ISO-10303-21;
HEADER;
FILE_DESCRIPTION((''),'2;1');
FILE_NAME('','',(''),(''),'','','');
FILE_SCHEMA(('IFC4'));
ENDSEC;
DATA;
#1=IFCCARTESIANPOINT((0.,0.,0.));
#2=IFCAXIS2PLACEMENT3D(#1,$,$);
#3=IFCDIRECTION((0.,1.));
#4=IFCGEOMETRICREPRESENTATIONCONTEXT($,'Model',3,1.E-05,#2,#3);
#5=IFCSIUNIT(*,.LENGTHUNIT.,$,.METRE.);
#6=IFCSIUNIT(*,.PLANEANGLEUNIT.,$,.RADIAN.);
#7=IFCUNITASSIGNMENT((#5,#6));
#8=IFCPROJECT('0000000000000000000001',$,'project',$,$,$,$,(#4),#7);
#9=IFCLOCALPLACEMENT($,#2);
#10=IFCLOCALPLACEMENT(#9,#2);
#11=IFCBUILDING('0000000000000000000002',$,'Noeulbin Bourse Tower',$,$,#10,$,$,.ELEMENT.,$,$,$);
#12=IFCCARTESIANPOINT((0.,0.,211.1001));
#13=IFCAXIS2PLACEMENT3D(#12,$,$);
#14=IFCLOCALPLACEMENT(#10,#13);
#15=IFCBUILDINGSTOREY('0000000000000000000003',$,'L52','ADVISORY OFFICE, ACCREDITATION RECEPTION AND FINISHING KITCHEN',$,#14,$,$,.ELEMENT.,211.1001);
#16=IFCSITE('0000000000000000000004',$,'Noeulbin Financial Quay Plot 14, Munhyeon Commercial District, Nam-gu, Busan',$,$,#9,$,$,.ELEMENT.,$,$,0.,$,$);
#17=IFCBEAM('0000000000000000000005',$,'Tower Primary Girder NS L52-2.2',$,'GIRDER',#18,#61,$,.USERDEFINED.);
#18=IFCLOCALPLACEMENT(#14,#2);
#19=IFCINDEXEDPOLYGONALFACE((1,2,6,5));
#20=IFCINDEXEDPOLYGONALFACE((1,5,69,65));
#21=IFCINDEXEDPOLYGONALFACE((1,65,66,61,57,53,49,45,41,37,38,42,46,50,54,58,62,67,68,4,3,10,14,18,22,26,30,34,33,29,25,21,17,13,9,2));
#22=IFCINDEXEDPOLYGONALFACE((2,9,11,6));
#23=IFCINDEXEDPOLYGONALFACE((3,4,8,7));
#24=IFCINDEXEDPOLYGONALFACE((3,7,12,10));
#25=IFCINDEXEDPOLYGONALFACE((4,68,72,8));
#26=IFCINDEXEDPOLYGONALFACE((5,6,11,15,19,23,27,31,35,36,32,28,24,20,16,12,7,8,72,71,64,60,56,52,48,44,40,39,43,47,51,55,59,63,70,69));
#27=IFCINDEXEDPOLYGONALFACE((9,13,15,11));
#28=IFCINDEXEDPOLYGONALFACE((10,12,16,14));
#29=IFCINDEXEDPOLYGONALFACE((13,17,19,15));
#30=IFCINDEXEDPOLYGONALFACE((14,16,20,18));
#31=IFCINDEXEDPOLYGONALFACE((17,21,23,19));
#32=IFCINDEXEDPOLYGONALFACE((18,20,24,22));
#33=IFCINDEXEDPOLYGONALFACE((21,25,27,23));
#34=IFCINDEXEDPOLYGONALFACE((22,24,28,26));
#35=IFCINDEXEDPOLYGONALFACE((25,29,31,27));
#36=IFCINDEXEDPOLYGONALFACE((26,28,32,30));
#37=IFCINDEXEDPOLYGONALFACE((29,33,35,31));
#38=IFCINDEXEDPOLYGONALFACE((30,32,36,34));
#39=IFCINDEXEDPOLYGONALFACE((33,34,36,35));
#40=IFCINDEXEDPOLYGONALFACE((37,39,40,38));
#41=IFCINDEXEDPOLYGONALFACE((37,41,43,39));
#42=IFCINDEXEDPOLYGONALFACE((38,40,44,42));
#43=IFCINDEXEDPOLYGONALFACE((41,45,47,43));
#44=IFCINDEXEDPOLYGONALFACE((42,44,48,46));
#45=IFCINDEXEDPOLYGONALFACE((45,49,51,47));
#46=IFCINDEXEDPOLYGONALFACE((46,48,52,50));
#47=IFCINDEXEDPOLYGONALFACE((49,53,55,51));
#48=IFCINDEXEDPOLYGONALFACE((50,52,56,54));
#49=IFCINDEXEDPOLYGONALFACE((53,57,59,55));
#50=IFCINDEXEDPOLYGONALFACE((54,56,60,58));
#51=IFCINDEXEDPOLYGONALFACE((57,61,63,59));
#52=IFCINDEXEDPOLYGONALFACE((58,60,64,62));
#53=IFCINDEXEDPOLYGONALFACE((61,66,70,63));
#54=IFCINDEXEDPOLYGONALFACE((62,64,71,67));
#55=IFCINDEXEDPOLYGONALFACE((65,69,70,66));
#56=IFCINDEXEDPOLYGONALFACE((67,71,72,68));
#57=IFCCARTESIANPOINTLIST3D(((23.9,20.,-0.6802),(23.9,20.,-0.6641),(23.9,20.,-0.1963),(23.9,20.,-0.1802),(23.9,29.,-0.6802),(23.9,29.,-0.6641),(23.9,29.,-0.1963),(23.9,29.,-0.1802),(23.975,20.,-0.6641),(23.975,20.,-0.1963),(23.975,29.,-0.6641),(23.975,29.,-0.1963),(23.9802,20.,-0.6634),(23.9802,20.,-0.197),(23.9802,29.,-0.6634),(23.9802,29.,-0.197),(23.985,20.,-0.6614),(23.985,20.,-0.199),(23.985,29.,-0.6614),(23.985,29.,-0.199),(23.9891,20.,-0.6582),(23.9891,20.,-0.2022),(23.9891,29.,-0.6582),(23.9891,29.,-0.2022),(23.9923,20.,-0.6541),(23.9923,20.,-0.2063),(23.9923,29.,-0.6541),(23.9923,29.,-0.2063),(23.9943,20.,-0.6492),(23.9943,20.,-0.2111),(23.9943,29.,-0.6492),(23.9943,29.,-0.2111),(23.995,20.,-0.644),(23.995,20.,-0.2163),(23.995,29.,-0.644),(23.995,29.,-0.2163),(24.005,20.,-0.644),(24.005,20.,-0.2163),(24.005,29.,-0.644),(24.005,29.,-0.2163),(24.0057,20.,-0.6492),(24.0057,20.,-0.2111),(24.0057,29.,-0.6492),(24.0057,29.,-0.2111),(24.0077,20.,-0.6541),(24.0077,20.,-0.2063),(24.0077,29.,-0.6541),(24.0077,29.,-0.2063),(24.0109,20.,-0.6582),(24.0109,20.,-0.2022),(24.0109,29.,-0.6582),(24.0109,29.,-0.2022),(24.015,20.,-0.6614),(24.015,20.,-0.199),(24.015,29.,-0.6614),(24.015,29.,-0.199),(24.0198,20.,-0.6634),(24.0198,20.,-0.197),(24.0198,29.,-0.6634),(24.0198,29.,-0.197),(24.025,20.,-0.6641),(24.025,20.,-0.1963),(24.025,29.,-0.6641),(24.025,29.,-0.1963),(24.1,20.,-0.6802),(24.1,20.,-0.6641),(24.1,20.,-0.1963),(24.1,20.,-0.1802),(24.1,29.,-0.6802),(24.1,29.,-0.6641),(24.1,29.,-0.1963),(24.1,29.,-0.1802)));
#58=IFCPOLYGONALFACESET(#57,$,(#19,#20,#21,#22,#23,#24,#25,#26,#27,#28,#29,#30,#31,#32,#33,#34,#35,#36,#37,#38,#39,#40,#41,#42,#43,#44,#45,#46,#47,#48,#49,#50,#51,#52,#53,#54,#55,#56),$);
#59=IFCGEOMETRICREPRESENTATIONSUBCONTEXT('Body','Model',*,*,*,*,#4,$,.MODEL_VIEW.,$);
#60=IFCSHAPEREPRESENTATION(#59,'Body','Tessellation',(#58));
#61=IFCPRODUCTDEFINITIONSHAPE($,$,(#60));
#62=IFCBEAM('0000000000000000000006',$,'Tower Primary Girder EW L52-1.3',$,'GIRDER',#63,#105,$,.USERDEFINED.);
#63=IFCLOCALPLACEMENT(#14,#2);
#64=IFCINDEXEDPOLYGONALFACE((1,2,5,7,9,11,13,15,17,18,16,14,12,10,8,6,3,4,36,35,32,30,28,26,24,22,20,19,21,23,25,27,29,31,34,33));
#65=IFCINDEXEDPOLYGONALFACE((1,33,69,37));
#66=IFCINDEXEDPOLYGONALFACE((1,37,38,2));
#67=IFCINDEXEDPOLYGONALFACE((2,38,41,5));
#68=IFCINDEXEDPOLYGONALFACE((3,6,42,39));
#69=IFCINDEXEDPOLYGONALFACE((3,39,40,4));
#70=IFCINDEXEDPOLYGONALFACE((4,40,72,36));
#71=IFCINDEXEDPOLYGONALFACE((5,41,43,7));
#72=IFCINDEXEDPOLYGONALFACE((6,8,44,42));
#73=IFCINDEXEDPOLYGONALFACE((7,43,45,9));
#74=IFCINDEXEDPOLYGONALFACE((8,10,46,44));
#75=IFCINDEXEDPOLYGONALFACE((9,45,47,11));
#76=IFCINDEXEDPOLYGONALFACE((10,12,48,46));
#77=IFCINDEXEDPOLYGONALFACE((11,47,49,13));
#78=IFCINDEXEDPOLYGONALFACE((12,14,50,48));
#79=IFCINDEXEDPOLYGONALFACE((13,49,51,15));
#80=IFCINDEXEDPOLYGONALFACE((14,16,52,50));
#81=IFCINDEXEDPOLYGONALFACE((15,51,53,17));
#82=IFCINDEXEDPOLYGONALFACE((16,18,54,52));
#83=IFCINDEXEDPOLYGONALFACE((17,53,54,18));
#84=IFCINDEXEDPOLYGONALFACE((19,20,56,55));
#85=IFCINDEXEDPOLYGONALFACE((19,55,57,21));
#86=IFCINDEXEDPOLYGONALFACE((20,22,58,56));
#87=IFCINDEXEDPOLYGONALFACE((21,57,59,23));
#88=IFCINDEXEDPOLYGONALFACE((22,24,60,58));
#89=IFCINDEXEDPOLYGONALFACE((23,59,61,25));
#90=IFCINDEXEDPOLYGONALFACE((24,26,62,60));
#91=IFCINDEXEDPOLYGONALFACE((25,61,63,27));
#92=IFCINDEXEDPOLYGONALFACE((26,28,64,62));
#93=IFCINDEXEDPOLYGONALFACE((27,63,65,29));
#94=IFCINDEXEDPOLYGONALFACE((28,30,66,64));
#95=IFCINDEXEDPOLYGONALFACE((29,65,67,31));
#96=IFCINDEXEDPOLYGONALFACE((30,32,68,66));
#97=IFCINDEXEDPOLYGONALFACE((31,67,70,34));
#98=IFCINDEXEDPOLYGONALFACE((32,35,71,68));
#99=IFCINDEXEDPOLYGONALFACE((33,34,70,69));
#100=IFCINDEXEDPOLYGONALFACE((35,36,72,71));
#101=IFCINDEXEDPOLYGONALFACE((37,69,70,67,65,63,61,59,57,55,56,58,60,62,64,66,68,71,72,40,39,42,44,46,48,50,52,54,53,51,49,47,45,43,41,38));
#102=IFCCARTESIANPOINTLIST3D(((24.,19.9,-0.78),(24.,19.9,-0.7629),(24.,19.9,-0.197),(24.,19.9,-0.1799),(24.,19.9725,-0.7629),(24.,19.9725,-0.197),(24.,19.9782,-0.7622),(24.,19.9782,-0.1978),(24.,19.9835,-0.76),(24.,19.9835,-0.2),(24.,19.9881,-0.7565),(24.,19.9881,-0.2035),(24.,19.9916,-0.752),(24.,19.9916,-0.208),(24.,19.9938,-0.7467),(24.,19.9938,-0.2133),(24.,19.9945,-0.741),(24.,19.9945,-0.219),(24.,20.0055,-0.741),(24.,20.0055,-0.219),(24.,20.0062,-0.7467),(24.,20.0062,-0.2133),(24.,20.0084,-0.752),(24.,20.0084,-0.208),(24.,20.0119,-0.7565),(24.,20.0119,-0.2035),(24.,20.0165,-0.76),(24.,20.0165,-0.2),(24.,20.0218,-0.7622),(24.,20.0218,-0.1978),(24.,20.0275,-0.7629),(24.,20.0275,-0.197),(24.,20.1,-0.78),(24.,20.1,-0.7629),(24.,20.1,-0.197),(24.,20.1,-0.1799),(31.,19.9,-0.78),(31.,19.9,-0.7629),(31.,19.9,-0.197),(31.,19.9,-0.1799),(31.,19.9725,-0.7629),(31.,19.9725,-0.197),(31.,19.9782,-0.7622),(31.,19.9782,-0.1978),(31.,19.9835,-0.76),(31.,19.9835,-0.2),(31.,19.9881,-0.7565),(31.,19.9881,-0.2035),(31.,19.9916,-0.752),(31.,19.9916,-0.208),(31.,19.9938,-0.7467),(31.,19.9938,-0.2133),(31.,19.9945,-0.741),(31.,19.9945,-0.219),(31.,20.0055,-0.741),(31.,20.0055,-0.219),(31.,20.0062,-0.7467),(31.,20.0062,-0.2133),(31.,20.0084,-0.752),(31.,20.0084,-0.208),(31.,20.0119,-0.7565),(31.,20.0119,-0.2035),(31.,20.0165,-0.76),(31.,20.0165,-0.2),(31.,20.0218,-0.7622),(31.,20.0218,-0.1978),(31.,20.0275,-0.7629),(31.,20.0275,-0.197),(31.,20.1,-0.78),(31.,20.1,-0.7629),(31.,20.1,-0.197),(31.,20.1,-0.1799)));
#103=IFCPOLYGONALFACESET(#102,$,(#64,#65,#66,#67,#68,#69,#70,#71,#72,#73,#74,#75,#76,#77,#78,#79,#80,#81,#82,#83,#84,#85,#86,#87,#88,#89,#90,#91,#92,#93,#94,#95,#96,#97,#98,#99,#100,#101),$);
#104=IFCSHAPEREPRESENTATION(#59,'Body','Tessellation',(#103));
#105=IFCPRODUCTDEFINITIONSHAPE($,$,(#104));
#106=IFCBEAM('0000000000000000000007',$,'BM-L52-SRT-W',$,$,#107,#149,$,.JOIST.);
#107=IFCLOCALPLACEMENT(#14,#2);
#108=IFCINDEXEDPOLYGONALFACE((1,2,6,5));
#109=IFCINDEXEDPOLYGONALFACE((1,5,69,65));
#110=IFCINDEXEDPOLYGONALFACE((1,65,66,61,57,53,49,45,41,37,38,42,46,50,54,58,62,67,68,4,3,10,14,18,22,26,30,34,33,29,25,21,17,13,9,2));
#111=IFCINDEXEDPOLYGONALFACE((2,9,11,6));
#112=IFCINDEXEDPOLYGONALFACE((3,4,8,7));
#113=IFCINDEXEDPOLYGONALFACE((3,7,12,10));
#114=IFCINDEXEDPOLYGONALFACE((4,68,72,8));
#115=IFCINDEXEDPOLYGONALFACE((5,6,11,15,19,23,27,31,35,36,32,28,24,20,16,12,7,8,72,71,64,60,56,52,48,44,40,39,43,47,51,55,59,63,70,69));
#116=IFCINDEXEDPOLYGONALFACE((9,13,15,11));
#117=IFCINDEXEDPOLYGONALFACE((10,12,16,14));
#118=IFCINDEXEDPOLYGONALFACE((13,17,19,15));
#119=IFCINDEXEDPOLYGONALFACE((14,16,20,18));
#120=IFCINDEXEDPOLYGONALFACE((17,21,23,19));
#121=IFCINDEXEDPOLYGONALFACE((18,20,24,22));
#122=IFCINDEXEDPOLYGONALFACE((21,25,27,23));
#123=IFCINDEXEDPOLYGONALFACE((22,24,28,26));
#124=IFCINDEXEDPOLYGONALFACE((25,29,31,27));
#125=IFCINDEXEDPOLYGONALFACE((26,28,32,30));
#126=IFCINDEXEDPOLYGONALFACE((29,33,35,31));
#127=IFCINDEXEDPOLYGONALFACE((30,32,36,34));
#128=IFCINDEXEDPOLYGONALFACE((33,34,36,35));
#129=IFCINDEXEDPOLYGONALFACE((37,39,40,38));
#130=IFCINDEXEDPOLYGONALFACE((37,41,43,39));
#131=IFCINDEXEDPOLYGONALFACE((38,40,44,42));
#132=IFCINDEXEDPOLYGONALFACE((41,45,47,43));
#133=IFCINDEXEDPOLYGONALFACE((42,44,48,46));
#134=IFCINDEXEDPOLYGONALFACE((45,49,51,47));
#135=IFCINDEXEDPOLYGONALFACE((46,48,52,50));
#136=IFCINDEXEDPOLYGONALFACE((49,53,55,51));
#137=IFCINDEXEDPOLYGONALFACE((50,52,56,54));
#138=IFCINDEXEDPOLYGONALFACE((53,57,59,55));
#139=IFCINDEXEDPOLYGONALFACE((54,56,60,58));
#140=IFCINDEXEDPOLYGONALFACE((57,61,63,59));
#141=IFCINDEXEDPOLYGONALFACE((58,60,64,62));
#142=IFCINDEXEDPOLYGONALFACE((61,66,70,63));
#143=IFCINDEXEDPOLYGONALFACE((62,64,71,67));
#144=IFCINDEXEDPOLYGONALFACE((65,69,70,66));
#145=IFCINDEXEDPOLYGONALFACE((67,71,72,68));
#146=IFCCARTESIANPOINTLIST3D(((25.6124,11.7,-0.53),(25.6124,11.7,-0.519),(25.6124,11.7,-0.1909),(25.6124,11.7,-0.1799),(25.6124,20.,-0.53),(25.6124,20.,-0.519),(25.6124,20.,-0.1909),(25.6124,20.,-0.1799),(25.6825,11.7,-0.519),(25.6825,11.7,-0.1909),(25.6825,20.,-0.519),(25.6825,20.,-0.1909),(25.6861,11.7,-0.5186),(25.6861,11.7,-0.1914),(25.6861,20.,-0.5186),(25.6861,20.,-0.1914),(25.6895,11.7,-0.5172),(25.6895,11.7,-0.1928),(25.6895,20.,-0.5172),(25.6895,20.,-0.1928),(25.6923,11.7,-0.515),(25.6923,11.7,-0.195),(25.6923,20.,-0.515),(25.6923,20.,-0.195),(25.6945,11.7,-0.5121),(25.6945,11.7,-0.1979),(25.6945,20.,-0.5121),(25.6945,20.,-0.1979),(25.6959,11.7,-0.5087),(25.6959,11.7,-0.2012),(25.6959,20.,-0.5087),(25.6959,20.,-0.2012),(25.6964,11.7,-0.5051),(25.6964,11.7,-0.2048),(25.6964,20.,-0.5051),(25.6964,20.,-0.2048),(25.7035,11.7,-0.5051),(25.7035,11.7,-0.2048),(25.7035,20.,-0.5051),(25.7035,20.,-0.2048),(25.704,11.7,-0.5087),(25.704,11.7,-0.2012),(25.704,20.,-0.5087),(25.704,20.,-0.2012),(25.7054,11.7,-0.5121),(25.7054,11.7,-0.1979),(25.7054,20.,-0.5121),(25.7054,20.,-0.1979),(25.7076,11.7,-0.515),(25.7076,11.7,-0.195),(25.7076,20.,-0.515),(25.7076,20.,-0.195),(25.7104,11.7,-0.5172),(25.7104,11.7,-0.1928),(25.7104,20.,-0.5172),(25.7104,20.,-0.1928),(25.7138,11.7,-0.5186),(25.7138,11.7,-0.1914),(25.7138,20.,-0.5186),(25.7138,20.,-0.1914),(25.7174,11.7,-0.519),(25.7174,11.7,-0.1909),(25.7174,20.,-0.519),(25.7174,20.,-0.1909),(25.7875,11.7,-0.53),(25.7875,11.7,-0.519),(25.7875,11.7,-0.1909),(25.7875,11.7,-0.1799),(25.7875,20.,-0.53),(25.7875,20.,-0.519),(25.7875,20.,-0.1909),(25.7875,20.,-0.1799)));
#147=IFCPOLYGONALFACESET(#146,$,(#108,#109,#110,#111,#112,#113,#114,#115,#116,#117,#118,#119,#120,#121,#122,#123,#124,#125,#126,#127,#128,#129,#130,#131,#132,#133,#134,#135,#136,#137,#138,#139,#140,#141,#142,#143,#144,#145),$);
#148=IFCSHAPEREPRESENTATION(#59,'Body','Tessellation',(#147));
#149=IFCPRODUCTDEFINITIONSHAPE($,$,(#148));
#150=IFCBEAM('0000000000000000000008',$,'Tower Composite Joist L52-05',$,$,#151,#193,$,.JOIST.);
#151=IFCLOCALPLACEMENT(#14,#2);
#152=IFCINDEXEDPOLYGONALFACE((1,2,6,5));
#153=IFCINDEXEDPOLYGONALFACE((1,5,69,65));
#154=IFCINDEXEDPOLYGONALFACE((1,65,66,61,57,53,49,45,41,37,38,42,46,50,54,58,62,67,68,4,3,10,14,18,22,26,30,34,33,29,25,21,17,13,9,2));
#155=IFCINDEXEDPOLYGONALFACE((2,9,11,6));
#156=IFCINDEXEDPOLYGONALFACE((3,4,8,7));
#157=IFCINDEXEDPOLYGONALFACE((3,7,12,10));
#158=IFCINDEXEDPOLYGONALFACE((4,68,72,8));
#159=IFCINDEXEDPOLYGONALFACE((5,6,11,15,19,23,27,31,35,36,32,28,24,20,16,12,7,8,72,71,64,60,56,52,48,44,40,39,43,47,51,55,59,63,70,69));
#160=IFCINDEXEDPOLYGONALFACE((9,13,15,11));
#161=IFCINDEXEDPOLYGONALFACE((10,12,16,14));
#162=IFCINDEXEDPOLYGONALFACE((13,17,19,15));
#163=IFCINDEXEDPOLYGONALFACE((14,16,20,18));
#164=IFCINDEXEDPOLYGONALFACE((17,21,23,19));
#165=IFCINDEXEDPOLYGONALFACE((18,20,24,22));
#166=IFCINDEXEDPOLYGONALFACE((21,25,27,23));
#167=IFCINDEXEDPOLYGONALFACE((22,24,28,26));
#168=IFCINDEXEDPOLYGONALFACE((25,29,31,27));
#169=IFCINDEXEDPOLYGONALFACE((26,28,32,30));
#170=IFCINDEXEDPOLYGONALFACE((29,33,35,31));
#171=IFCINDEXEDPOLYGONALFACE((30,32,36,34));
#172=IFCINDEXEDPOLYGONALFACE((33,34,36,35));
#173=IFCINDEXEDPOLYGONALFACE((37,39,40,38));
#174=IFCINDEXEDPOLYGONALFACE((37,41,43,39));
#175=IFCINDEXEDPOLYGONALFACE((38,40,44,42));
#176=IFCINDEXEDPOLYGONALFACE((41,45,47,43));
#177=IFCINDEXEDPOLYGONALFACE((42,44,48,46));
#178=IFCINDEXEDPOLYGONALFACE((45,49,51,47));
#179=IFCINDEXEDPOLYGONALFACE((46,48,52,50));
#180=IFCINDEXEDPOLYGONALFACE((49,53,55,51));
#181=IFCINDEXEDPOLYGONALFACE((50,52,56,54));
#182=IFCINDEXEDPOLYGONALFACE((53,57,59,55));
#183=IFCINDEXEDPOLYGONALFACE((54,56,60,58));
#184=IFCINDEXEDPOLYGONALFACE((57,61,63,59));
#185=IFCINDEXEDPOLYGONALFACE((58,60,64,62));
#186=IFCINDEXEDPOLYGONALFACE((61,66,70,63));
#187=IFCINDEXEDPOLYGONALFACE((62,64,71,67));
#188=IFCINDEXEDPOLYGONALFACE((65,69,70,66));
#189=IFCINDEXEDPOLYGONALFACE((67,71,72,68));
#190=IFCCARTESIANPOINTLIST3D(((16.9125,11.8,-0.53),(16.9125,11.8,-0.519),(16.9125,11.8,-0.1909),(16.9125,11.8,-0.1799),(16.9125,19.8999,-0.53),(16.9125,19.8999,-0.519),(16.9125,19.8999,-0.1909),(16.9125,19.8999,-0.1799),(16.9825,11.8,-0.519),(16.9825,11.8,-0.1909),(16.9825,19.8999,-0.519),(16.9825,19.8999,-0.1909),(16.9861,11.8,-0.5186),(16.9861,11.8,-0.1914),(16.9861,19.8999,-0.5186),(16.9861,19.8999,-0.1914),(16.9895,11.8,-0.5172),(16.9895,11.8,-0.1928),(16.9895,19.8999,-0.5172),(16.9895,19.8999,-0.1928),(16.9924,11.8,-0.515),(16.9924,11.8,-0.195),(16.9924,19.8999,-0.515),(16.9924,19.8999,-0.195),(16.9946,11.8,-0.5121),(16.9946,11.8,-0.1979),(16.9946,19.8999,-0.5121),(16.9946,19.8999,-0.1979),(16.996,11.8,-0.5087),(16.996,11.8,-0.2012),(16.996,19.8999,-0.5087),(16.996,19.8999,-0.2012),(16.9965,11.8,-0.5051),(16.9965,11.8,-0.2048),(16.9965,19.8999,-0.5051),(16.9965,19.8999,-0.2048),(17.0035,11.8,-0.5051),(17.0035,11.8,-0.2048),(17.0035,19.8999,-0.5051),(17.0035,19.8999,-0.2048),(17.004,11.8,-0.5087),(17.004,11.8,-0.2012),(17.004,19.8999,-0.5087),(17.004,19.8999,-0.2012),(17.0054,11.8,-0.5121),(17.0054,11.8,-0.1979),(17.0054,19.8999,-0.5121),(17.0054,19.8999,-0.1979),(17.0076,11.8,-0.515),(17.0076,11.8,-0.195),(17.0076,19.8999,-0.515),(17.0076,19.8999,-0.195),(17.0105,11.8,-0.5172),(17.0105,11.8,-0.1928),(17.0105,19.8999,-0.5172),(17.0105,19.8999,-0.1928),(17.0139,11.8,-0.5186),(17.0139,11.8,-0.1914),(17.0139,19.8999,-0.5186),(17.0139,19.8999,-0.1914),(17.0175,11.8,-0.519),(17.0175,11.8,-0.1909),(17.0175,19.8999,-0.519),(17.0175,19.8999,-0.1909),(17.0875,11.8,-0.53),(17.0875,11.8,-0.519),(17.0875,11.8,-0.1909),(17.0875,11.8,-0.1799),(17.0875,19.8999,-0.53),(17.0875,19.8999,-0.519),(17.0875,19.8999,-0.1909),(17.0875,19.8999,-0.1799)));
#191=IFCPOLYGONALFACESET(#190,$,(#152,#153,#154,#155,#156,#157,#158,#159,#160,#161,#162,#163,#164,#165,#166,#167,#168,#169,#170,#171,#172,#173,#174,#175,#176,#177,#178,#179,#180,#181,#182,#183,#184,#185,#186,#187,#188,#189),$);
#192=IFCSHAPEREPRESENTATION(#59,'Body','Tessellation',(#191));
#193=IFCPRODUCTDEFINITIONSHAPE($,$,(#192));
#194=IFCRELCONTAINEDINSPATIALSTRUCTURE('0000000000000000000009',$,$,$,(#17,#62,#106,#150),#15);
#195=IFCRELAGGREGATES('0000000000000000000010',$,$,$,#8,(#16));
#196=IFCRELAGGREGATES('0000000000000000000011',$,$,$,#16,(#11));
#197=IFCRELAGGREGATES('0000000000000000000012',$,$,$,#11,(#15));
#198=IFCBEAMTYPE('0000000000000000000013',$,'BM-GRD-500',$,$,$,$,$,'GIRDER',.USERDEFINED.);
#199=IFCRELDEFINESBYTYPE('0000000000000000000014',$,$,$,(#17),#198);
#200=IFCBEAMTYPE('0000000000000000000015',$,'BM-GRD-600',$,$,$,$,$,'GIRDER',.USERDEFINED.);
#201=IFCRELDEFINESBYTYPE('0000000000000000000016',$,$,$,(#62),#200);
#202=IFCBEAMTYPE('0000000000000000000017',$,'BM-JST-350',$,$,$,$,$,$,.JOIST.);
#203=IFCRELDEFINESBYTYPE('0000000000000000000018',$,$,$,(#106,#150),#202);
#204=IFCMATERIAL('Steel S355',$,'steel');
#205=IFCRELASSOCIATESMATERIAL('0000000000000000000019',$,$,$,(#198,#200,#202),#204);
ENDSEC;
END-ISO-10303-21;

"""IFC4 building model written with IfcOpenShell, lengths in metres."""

from ifc_helpers import new_model, si_unit, direction, frame, origin, origin_2d, place, context, subcontext, project, spatial, i_section, extrude, material, material_profile, profile_set, type_object, element, save


model = new_model("IFC4")

# Units and contexts
model_context = context("Model", 3, precision=1e-05, world=origin(), true_north=direction((0.0, 1.0)))
body_context = subcontext(model_context, "Body", "Model", "MODEL_VIEW")
ifc_project = project(units=[si_unit("LENGTHUNIT", "METRE"), si_unit("PLANEANGLEUNIT", "RADIAN")], contexts=[model_context])

# Site, building, storey
site_placement = place(None, origin())
site = spatial("IfcSite", under=ifc_project, at=site_placement, Name="Noeulbin Financial Quay Plot 14, Munhyeon Commercial District, Nam-gu, Busan", CompositionType="ELEMENT", RefElevation=0.0)
building_placement = place(site_placement, origin())
building = spatial("IfcBuilding", under=site, at=building_placement, Name="Noeulbin Bourse Tower", CompositionType="ELEMENT")
storey_placement = place(building_placement, frame((0.0, 0.0, 211.1001)))
storey = spatial("IfcBuildingStorey", under=building, at=storey_placement, Name="L52", Description="ADVISORY OFFICE, ACCREDITATION RECEPTION AND FINISHING KITCHEN", CompositionType="ELEMENT", Elevation=211.1001)

# Shared definitions
ifc_material_1 = material(Name="Steel S355", Category="steel")

# Beams
ifc_material_profile_1 = material_profile(ifc_material_1, i_section(OverallWidth=0.2, OverallDepth=0.5, WebThickness=0.01, FlangeThickness=0.0161, FilletRadius=0.02, at=origin_2d()), Name="H-500x200x10x16", Category="LoadBearing")
ifc_profile_set_1 = profile_set([ifc_material_profile_1], Name="Steel S355")
beam_type_1 = type_object("IfcBeamType", Name="BM-GRD-500", ElementType="GIRDER", PredefinedType="USERDEFINED", material=ifc_profile_set_1)
beam_1_placement = place(storey_placement, frame((24.0, 20.0, -0.4302), z_axis=(0.0, 1.0, 0.0), x_axis=(-1.0, 0.0, 0.0)))
element("IfcBeam", 1, at=beam_1_placement, inside=storey, type_object=beam_type_1, Name="Tower Primary Girder NS L52-2.2", ObjectType="GIRDER", PredefinedType="USERDEFINED", context=body_context, shape_type="SweptSolid", body=[
    extrude(i_section(OverallWidth=0.2, OverallDepth=0.5, WebThickness=0.01, FlangeThickness=0.0161, FilletRadius=0.02, at=origin_2d()), origin(), (0.0, 0.0, 1.0), 9.0),
])
ifc_material_profile_2 = material_profile(ifc_material_1, i_section(OverallWidth=0.2, OverallDepth=0.6001, WebThickness=0.011, FlangeThickness=0.0171, FilletRadius=0.022, at=origin_2d()), Name="H-600x200x11x17", Category="LoadBearing")
ifc_profile_set_2 = profile_set([ifc_material_profile_2], Name="Steel S355")
beam_type_2 = type_object("IfcBeamType", Name="BM-GRD-600", ElementType="GIRDER", PredefinedType="USERDEFINED", material=ifc_profile_set_2)
beam_2_placement = place(storey_placement, frame((24.0, 20.0, -0.48), z_axis=(1.0, 0.0, 0.0), x_axis=(0.0, 1.0, 0.0)))
element("IfcBeam", 2, at=beam_2_placement, inside=storey, type_object=beam_type_2, Name="Tower Primary Girder EW L52-1.3", ObjectType="GIRDER", PredefinedType="USERDEFINED", context=body_context, shape_type="SweptSolid", body=[
    extrude(i_section(OverallWidth=0.2, OverallDepth=0.6001, WebThickness=0.011, FlangeThickness=0.0171, FilletRadius=0.022, at=origin_2d()), origin(), (0.0, 0.0, 1.0), 7.0),
])
ifc_material_profile_3 = material_profile(ifc_material_1, i_section(OverallWidth=0.175, OverallDepth=0.3501, WebThickness=0.0071, FlangeThickness=0.011, FilletRadius=0.0139, at=origin_2d()), Name="H-350x175x7x11", Category="LoadBearing")
ifc_profile_set_3 = profile_set([ifc_material_profile_3], Name="Steel S355")
beam_type_3 = type_object("IfcBeamType", Name="BM-JST-350", PredefinedType="JOIST", material=ifc_profile_set_3)
beam_3_placement = place(storey_placement, frame((25.7, 11.7, -0.355), z_axis=(0.0, 1.0, 0.0), x_axis=(-1.0, 0.0, 0.0)))
element("IfcBeam", 3, at=beam_3_placement, inside=storey, type_object=beam_type_3, Name="BM-L52-SRT-W", PredefinedType="JOIST", context=body_context, shape_type="SweptSolid", body=[
    extrude(i_section(OverallWidth=0.175, OverallDepth=0.3501, WebThickness=0.0071, FlangeThickness=0.011, FilletRadius=0.0139, at=origin_2d()), origin(), (0.0, 0.0, 1.0), 8.3),
])
beam_4_placement = place(storey_placement, frame((17.0, 11.8, -0.355), z_axis=(0.0, 1.0, 0.0), x_axis=(-1.0, 0.0, 0.0)))
element("IfcBeam", 4, at=beam_4_placement, inside=storey, type_object=beam_type_3, Name="Tower Composite Joist L52-05", PredefinedType="JOIST", context=body_context, shape_type="SweptSolid", body=[
    extrude(i_section(OverallWidth=0.175, OverallDepth=0.3501, WebThickness=0.0071, FlangeThickness=0.011, FilletRadius=0.0139, at=origin_2d()), origin(), (0.0, 0.0, 1.0), 8.0999),
])

save(model, "model.ifc")
